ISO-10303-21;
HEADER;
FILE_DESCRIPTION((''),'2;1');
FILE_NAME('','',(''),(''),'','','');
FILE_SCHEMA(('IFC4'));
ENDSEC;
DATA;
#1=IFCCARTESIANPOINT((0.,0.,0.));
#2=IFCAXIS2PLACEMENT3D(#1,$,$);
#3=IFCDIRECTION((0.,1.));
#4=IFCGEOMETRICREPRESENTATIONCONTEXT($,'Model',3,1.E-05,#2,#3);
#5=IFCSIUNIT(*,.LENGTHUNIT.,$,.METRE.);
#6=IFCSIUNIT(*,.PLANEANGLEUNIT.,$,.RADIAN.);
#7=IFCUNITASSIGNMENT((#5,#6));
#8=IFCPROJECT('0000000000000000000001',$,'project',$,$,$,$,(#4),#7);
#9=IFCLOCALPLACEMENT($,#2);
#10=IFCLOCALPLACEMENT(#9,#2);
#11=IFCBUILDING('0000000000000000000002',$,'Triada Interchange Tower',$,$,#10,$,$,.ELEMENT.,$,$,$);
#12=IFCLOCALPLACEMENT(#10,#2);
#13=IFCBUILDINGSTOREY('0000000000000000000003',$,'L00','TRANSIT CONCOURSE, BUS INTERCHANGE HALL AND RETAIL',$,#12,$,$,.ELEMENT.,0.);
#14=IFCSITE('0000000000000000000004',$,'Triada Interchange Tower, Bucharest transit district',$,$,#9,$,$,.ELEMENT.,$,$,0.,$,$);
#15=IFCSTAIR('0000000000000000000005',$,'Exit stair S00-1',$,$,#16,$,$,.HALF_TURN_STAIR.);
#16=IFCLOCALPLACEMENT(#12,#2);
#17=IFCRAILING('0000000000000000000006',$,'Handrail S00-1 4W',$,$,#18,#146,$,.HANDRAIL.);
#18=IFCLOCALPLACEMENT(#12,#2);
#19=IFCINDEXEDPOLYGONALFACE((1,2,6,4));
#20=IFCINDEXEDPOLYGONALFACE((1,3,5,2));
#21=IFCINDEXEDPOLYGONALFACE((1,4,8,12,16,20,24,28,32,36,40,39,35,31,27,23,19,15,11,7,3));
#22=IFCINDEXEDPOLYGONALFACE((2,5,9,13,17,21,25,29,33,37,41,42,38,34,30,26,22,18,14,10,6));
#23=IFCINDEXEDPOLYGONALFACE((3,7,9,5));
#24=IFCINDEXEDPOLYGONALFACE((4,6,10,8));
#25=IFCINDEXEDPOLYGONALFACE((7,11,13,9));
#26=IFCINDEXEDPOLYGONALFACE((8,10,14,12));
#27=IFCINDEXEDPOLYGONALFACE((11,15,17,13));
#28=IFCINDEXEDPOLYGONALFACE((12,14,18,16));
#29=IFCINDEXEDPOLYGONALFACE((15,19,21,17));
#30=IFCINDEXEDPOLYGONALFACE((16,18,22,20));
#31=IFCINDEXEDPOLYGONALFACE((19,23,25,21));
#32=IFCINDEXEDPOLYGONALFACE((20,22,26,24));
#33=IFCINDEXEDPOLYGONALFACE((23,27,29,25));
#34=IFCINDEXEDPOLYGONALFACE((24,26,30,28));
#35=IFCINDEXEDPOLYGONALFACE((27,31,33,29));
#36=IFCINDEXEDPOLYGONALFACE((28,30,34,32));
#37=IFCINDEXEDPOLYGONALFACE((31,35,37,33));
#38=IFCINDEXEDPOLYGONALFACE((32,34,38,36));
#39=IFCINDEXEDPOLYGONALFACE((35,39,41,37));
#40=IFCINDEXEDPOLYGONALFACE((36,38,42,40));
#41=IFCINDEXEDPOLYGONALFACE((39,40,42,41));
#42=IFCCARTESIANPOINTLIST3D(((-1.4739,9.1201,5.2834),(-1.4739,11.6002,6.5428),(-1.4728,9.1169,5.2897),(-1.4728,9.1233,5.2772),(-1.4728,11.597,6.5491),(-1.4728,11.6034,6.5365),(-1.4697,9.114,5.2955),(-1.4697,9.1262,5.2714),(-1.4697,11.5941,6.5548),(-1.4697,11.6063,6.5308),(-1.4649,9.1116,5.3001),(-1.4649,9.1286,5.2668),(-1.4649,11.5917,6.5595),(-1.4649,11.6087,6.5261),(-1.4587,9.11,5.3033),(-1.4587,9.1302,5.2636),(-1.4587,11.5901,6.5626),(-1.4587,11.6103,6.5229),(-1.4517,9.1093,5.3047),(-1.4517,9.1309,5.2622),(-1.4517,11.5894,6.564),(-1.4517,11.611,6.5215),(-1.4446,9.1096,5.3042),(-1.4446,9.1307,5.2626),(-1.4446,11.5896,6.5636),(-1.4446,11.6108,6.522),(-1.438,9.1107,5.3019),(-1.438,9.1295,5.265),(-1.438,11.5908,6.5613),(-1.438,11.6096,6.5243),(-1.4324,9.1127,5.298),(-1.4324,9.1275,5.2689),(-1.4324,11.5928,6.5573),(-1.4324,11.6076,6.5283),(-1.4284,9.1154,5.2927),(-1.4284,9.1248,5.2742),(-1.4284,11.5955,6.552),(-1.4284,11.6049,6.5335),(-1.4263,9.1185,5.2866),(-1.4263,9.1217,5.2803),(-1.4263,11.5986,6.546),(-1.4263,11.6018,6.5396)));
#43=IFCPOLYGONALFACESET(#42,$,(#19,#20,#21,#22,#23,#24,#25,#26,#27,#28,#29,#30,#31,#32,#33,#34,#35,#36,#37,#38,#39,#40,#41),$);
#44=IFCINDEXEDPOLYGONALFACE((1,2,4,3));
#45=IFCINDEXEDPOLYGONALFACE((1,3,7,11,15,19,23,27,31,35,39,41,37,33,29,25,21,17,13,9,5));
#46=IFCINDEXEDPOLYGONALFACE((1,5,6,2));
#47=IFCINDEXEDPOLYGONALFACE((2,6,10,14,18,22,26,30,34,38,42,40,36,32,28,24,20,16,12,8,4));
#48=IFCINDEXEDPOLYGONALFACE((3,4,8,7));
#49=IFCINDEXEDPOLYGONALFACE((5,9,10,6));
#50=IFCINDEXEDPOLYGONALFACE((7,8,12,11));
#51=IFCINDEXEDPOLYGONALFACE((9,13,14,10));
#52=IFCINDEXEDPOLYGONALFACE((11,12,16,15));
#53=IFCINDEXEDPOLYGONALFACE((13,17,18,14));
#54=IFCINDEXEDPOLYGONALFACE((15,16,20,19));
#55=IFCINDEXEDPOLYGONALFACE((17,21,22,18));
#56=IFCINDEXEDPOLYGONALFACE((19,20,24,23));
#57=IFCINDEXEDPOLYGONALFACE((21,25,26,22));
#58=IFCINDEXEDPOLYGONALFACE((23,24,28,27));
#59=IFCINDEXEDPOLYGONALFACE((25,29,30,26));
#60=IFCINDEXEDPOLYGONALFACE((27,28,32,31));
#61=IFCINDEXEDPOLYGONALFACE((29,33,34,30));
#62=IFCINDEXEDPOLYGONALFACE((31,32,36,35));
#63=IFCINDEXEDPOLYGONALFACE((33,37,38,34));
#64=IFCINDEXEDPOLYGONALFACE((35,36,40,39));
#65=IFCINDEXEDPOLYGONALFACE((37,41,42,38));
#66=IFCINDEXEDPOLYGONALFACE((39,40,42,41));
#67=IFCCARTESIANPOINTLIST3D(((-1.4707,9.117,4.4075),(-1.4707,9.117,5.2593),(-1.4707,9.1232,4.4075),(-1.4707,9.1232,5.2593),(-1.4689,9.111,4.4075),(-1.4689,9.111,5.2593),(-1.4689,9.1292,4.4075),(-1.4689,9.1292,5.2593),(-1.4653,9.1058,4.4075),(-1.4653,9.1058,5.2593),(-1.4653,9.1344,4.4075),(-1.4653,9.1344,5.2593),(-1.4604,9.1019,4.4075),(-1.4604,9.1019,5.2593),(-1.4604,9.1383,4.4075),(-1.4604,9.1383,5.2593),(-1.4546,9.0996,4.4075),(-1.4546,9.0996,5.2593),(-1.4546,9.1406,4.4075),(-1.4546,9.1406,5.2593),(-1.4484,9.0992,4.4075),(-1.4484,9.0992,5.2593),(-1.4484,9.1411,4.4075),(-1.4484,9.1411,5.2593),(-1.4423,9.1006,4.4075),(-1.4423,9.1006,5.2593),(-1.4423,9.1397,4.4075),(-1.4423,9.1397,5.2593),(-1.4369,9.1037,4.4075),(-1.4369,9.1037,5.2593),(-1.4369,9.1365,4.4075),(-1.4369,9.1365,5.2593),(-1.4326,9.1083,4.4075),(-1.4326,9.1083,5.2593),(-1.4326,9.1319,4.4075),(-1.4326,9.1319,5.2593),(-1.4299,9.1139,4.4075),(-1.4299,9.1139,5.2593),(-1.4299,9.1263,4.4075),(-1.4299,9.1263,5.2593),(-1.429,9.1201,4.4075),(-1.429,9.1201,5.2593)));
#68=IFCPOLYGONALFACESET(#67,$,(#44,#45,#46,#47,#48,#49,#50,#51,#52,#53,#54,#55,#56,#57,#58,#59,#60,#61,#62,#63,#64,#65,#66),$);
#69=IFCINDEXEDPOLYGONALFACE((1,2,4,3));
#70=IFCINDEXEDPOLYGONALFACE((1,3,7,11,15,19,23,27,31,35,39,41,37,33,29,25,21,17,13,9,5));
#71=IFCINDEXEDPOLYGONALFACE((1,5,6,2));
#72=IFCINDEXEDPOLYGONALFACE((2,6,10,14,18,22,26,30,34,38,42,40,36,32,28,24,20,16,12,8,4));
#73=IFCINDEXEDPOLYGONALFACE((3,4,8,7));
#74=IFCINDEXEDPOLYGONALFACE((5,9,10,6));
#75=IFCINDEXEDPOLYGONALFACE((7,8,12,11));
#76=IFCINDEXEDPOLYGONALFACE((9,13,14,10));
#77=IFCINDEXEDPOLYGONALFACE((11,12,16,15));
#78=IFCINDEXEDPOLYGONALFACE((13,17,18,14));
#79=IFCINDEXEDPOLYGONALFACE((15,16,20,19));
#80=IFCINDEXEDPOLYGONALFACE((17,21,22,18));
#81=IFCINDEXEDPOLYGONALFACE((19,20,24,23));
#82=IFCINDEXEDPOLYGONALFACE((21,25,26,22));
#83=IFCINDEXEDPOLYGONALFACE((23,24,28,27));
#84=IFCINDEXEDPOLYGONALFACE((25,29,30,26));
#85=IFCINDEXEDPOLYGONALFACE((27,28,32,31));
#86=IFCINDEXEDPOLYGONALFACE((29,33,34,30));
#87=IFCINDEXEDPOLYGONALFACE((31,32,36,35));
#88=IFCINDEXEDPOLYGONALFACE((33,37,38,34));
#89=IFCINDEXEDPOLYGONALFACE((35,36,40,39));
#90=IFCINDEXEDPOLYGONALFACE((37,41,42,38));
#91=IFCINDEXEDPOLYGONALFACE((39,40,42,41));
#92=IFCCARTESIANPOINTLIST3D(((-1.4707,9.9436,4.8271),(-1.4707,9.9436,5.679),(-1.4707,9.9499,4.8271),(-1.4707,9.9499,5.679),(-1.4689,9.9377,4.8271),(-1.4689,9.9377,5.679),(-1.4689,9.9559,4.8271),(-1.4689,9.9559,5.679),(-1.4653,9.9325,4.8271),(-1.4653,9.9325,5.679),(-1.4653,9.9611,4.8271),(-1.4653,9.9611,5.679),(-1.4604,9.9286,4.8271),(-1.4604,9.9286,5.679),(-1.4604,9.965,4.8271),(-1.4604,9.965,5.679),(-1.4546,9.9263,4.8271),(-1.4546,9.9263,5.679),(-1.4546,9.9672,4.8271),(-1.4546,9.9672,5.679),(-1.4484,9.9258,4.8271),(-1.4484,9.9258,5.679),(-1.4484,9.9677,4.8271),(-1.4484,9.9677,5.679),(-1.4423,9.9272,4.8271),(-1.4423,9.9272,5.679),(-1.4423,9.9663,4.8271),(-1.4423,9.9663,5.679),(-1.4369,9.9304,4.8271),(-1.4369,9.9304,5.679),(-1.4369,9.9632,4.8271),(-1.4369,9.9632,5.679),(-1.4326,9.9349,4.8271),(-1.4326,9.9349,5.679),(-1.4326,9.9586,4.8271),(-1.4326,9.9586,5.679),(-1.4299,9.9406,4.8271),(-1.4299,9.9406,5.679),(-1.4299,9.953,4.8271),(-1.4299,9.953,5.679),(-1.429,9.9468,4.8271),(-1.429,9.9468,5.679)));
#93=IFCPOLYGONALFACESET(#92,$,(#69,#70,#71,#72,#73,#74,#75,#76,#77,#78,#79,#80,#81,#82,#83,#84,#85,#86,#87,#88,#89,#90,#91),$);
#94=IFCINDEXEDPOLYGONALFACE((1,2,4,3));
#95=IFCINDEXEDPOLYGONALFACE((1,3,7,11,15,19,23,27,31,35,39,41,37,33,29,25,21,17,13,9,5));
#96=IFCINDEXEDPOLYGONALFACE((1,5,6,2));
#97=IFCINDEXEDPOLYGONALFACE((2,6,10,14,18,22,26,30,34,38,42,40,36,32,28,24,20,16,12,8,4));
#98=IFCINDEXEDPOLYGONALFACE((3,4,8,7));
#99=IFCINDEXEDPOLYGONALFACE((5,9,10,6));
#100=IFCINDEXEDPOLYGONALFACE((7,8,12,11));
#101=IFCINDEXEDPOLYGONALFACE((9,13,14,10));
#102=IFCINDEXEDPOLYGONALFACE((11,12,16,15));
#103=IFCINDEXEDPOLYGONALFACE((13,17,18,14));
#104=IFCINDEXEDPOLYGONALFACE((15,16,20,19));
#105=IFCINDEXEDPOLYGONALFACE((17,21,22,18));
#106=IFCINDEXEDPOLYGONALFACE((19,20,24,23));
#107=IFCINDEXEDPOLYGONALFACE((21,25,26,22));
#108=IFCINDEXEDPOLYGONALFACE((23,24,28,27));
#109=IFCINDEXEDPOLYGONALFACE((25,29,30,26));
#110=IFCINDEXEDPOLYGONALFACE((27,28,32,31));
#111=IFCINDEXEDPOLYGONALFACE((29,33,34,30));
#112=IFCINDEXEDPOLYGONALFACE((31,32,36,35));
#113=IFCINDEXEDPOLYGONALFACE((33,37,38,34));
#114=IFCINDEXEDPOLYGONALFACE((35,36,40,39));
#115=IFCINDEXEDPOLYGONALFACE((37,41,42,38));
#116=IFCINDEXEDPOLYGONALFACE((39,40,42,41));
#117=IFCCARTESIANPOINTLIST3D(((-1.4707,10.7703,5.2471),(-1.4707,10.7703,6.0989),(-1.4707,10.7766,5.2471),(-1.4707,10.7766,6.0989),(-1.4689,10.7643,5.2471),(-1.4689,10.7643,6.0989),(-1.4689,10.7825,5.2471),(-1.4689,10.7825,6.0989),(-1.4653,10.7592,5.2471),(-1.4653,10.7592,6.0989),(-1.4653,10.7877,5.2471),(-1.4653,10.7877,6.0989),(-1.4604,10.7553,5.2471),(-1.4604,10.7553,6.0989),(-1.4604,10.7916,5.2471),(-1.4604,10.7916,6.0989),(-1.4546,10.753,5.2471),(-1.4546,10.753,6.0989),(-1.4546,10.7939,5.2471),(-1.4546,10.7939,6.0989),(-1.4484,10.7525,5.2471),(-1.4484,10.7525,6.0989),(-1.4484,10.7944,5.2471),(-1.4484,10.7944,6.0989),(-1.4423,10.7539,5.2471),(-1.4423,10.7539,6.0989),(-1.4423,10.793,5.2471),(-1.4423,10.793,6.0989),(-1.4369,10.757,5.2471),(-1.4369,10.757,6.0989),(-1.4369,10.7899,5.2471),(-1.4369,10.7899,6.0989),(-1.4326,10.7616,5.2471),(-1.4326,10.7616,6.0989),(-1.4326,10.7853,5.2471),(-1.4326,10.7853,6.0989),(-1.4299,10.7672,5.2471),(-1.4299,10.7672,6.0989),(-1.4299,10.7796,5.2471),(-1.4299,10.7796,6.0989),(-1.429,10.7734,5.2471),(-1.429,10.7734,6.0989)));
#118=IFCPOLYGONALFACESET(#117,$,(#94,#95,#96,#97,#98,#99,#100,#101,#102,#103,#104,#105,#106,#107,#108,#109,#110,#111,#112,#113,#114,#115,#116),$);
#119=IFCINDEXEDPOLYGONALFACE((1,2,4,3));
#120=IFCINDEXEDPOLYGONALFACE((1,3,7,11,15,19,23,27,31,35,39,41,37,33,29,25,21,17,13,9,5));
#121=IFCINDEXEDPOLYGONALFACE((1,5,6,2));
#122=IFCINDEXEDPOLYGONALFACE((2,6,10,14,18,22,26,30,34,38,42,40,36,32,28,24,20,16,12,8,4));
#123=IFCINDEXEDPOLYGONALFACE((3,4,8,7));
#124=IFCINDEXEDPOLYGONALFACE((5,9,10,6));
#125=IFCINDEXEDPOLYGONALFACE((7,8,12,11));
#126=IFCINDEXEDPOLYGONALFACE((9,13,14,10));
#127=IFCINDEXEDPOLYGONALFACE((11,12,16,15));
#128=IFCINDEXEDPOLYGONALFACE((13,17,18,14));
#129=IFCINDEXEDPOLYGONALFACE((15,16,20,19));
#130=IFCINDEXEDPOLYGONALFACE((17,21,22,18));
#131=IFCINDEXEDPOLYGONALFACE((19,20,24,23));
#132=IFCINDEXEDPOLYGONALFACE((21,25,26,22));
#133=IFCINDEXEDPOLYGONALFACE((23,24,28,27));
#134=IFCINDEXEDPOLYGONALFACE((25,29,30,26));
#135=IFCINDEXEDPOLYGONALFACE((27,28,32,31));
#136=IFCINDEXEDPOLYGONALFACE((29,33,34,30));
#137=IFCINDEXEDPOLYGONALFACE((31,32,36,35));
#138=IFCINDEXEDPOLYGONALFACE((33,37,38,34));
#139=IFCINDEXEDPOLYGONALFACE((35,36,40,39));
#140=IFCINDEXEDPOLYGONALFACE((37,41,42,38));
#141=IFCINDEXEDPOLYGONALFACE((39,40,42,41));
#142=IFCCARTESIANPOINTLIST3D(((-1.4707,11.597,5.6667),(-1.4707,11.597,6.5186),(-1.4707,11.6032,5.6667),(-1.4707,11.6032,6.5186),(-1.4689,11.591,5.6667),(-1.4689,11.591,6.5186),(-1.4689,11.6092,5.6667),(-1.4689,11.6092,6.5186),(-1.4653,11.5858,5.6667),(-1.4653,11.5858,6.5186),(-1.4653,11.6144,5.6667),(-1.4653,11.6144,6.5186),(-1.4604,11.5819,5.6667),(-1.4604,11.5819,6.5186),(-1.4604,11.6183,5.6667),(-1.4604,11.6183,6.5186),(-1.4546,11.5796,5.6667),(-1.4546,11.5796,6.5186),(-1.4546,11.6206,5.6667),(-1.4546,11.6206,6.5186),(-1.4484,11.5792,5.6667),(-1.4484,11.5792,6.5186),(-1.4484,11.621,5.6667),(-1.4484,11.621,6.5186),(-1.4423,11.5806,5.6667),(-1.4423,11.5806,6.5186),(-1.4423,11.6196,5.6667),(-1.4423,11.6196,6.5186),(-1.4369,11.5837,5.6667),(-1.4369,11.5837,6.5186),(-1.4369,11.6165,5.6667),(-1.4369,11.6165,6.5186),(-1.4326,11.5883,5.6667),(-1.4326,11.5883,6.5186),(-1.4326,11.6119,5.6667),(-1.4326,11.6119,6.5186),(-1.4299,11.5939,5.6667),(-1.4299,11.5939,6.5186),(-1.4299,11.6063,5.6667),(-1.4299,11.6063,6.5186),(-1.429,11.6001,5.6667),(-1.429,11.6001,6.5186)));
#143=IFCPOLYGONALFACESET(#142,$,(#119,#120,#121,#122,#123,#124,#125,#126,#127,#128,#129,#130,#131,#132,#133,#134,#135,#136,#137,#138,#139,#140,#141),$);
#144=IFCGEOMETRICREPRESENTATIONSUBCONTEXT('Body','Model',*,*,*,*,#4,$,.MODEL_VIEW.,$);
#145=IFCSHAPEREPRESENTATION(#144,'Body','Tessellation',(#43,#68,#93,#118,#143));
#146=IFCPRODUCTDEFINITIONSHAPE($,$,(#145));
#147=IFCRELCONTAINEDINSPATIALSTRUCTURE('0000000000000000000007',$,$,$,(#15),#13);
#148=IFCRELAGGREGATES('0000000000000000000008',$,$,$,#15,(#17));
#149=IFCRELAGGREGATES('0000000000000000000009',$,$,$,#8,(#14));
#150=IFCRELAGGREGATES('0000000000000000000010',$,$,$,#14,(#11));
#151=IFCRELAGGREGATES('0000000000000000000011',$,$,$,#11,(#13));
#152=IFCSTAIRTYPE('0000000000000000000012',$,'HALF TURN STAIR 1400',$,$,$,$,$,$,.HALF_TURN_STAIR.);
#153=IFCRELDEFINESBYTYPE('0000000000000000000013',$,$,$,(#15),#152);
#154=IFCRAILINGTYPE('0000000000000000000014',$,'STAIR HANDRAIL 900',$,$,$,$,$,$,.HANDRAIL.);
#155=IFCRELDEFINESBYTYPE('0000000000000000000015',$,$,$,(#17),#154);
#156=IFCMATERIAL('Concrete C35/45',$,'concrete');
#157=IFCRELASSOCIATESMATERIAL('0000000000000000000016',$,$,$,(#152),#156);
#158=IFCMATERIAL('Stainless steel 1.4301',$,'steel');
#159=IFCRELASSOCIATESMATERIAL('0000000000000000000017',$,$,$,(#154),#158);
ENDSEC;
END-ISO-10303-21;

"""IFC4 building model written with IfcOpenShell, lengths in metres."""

from ifc_helpers import new_model, si_unit, direction, frame, origin, origin_2d, place, context, subcontext, project, spatial, circle, extrude, material, type_object, element, aggregate, save


model = new_model("IFC4")

# Units and contexts
model_context = context("Model", 3, precision=1e-05, world=origin(), true_north=direction((0.0, 1.0)))
body_context = subcontext(model_context, "Body", "Model", "MODEL_VIEW")
ifc_project = project(units=[si_unit("LENGTHUNIT", "METRE"), si_unit("PLANEANGLEUNIT", "RADIAN")], contexts=[model_context])

# Site, building, storey
site_placement = place(None, origin())
site = spatial("IfcSite", under=ifc_project, at=site_placement, Name="Triada Interchange Tower, Bucharest transit district", CompositionType="ELEMENT", RefElevation=0.0)
building_placement = place(site_placement, origin())
building = spatial("IfcBuilding", under=site, at=building_placement, Name="Triada Interchange Tower", CompositionType="ELEMENT")
storey_placement = place(building_placement, origin())
storey = spatial("IfcBuildingStorey", under=building, at=storey_placement, Name="L00", Description="TRANSIT CONCOURSE, BUS INTERCHANGE HALL AND RETAIL", CompositionType="ELEMENT", Elevation=0.0)

# Stair
ifc_material_1 = material(Name="Concrete C35/45", Category="concrete")
stair_type = type_object("IfcStairType", Name="HALF TURN STAIR 1400", PredefinedType="HALF_TURN_STAIR", material=ifc_material_1)
stair_placement = place(storey_placement, origin())
stair = element("IfcStair", 1, at=stair_placement, inside=storey, type_object=stair_type, Name="Exit stair S00-1", PredefinedType="HALF_TURN_STAIR")

# Railing
ifc_material_2 = material(Name="Stainless steel 1.4301", Category="steel")
railing_type = type_object("IfcRailingType", Name="STAIR HANDRAIL 900", PredefinedType="HANDRAIL", material=ifc_material_2)
railing_1_placement = place(storey_placement, frame((-1.45, 9.1201, 4.4075)))
railing_1 = element("IfcRailing", 2, at=railing_1_placement, type_object=railing_type, Name="Handrail S00-1 4W", PredefinedType="HANDRAIL", context=body_context, shape_type="SweptSolid", body=[
    extrude(circle(Radius=0.0239, at=origin_2d()), frame((0.0, 0.0, 0.876), z_axis=(0.0, 0.891636, 0.452752), x_axis=(-1.0, 0.0, 0.0)), (0.0, 0.0, 1.0), 2.7815),
    extrude(circle(Radius=0.021, at=origin_2d()), origin(), (0.0, 0.0, 1.0), 0.8518),
    extrude(circle(Radius=0.021, at=origin_2d()), frame((0.0, 0.8267, 0.4197)), (0.0, 0.0, 1.0), 0.8518),
    extrude(circle(Radius=0.021, at=origin_2d()), frame((0.0, 1.6533, 0.8396)), (0.0, 0.0, 1.0), 0.8518),
    extrude(circle(Radius=0.021, at=origin_2d()), frame((0.0, 2.48, 1.2593)), (0.0, 0.0, 1.0), 0.8518),
])
aggregate(stair, [railing_1])

save(model, "model.ifc")
